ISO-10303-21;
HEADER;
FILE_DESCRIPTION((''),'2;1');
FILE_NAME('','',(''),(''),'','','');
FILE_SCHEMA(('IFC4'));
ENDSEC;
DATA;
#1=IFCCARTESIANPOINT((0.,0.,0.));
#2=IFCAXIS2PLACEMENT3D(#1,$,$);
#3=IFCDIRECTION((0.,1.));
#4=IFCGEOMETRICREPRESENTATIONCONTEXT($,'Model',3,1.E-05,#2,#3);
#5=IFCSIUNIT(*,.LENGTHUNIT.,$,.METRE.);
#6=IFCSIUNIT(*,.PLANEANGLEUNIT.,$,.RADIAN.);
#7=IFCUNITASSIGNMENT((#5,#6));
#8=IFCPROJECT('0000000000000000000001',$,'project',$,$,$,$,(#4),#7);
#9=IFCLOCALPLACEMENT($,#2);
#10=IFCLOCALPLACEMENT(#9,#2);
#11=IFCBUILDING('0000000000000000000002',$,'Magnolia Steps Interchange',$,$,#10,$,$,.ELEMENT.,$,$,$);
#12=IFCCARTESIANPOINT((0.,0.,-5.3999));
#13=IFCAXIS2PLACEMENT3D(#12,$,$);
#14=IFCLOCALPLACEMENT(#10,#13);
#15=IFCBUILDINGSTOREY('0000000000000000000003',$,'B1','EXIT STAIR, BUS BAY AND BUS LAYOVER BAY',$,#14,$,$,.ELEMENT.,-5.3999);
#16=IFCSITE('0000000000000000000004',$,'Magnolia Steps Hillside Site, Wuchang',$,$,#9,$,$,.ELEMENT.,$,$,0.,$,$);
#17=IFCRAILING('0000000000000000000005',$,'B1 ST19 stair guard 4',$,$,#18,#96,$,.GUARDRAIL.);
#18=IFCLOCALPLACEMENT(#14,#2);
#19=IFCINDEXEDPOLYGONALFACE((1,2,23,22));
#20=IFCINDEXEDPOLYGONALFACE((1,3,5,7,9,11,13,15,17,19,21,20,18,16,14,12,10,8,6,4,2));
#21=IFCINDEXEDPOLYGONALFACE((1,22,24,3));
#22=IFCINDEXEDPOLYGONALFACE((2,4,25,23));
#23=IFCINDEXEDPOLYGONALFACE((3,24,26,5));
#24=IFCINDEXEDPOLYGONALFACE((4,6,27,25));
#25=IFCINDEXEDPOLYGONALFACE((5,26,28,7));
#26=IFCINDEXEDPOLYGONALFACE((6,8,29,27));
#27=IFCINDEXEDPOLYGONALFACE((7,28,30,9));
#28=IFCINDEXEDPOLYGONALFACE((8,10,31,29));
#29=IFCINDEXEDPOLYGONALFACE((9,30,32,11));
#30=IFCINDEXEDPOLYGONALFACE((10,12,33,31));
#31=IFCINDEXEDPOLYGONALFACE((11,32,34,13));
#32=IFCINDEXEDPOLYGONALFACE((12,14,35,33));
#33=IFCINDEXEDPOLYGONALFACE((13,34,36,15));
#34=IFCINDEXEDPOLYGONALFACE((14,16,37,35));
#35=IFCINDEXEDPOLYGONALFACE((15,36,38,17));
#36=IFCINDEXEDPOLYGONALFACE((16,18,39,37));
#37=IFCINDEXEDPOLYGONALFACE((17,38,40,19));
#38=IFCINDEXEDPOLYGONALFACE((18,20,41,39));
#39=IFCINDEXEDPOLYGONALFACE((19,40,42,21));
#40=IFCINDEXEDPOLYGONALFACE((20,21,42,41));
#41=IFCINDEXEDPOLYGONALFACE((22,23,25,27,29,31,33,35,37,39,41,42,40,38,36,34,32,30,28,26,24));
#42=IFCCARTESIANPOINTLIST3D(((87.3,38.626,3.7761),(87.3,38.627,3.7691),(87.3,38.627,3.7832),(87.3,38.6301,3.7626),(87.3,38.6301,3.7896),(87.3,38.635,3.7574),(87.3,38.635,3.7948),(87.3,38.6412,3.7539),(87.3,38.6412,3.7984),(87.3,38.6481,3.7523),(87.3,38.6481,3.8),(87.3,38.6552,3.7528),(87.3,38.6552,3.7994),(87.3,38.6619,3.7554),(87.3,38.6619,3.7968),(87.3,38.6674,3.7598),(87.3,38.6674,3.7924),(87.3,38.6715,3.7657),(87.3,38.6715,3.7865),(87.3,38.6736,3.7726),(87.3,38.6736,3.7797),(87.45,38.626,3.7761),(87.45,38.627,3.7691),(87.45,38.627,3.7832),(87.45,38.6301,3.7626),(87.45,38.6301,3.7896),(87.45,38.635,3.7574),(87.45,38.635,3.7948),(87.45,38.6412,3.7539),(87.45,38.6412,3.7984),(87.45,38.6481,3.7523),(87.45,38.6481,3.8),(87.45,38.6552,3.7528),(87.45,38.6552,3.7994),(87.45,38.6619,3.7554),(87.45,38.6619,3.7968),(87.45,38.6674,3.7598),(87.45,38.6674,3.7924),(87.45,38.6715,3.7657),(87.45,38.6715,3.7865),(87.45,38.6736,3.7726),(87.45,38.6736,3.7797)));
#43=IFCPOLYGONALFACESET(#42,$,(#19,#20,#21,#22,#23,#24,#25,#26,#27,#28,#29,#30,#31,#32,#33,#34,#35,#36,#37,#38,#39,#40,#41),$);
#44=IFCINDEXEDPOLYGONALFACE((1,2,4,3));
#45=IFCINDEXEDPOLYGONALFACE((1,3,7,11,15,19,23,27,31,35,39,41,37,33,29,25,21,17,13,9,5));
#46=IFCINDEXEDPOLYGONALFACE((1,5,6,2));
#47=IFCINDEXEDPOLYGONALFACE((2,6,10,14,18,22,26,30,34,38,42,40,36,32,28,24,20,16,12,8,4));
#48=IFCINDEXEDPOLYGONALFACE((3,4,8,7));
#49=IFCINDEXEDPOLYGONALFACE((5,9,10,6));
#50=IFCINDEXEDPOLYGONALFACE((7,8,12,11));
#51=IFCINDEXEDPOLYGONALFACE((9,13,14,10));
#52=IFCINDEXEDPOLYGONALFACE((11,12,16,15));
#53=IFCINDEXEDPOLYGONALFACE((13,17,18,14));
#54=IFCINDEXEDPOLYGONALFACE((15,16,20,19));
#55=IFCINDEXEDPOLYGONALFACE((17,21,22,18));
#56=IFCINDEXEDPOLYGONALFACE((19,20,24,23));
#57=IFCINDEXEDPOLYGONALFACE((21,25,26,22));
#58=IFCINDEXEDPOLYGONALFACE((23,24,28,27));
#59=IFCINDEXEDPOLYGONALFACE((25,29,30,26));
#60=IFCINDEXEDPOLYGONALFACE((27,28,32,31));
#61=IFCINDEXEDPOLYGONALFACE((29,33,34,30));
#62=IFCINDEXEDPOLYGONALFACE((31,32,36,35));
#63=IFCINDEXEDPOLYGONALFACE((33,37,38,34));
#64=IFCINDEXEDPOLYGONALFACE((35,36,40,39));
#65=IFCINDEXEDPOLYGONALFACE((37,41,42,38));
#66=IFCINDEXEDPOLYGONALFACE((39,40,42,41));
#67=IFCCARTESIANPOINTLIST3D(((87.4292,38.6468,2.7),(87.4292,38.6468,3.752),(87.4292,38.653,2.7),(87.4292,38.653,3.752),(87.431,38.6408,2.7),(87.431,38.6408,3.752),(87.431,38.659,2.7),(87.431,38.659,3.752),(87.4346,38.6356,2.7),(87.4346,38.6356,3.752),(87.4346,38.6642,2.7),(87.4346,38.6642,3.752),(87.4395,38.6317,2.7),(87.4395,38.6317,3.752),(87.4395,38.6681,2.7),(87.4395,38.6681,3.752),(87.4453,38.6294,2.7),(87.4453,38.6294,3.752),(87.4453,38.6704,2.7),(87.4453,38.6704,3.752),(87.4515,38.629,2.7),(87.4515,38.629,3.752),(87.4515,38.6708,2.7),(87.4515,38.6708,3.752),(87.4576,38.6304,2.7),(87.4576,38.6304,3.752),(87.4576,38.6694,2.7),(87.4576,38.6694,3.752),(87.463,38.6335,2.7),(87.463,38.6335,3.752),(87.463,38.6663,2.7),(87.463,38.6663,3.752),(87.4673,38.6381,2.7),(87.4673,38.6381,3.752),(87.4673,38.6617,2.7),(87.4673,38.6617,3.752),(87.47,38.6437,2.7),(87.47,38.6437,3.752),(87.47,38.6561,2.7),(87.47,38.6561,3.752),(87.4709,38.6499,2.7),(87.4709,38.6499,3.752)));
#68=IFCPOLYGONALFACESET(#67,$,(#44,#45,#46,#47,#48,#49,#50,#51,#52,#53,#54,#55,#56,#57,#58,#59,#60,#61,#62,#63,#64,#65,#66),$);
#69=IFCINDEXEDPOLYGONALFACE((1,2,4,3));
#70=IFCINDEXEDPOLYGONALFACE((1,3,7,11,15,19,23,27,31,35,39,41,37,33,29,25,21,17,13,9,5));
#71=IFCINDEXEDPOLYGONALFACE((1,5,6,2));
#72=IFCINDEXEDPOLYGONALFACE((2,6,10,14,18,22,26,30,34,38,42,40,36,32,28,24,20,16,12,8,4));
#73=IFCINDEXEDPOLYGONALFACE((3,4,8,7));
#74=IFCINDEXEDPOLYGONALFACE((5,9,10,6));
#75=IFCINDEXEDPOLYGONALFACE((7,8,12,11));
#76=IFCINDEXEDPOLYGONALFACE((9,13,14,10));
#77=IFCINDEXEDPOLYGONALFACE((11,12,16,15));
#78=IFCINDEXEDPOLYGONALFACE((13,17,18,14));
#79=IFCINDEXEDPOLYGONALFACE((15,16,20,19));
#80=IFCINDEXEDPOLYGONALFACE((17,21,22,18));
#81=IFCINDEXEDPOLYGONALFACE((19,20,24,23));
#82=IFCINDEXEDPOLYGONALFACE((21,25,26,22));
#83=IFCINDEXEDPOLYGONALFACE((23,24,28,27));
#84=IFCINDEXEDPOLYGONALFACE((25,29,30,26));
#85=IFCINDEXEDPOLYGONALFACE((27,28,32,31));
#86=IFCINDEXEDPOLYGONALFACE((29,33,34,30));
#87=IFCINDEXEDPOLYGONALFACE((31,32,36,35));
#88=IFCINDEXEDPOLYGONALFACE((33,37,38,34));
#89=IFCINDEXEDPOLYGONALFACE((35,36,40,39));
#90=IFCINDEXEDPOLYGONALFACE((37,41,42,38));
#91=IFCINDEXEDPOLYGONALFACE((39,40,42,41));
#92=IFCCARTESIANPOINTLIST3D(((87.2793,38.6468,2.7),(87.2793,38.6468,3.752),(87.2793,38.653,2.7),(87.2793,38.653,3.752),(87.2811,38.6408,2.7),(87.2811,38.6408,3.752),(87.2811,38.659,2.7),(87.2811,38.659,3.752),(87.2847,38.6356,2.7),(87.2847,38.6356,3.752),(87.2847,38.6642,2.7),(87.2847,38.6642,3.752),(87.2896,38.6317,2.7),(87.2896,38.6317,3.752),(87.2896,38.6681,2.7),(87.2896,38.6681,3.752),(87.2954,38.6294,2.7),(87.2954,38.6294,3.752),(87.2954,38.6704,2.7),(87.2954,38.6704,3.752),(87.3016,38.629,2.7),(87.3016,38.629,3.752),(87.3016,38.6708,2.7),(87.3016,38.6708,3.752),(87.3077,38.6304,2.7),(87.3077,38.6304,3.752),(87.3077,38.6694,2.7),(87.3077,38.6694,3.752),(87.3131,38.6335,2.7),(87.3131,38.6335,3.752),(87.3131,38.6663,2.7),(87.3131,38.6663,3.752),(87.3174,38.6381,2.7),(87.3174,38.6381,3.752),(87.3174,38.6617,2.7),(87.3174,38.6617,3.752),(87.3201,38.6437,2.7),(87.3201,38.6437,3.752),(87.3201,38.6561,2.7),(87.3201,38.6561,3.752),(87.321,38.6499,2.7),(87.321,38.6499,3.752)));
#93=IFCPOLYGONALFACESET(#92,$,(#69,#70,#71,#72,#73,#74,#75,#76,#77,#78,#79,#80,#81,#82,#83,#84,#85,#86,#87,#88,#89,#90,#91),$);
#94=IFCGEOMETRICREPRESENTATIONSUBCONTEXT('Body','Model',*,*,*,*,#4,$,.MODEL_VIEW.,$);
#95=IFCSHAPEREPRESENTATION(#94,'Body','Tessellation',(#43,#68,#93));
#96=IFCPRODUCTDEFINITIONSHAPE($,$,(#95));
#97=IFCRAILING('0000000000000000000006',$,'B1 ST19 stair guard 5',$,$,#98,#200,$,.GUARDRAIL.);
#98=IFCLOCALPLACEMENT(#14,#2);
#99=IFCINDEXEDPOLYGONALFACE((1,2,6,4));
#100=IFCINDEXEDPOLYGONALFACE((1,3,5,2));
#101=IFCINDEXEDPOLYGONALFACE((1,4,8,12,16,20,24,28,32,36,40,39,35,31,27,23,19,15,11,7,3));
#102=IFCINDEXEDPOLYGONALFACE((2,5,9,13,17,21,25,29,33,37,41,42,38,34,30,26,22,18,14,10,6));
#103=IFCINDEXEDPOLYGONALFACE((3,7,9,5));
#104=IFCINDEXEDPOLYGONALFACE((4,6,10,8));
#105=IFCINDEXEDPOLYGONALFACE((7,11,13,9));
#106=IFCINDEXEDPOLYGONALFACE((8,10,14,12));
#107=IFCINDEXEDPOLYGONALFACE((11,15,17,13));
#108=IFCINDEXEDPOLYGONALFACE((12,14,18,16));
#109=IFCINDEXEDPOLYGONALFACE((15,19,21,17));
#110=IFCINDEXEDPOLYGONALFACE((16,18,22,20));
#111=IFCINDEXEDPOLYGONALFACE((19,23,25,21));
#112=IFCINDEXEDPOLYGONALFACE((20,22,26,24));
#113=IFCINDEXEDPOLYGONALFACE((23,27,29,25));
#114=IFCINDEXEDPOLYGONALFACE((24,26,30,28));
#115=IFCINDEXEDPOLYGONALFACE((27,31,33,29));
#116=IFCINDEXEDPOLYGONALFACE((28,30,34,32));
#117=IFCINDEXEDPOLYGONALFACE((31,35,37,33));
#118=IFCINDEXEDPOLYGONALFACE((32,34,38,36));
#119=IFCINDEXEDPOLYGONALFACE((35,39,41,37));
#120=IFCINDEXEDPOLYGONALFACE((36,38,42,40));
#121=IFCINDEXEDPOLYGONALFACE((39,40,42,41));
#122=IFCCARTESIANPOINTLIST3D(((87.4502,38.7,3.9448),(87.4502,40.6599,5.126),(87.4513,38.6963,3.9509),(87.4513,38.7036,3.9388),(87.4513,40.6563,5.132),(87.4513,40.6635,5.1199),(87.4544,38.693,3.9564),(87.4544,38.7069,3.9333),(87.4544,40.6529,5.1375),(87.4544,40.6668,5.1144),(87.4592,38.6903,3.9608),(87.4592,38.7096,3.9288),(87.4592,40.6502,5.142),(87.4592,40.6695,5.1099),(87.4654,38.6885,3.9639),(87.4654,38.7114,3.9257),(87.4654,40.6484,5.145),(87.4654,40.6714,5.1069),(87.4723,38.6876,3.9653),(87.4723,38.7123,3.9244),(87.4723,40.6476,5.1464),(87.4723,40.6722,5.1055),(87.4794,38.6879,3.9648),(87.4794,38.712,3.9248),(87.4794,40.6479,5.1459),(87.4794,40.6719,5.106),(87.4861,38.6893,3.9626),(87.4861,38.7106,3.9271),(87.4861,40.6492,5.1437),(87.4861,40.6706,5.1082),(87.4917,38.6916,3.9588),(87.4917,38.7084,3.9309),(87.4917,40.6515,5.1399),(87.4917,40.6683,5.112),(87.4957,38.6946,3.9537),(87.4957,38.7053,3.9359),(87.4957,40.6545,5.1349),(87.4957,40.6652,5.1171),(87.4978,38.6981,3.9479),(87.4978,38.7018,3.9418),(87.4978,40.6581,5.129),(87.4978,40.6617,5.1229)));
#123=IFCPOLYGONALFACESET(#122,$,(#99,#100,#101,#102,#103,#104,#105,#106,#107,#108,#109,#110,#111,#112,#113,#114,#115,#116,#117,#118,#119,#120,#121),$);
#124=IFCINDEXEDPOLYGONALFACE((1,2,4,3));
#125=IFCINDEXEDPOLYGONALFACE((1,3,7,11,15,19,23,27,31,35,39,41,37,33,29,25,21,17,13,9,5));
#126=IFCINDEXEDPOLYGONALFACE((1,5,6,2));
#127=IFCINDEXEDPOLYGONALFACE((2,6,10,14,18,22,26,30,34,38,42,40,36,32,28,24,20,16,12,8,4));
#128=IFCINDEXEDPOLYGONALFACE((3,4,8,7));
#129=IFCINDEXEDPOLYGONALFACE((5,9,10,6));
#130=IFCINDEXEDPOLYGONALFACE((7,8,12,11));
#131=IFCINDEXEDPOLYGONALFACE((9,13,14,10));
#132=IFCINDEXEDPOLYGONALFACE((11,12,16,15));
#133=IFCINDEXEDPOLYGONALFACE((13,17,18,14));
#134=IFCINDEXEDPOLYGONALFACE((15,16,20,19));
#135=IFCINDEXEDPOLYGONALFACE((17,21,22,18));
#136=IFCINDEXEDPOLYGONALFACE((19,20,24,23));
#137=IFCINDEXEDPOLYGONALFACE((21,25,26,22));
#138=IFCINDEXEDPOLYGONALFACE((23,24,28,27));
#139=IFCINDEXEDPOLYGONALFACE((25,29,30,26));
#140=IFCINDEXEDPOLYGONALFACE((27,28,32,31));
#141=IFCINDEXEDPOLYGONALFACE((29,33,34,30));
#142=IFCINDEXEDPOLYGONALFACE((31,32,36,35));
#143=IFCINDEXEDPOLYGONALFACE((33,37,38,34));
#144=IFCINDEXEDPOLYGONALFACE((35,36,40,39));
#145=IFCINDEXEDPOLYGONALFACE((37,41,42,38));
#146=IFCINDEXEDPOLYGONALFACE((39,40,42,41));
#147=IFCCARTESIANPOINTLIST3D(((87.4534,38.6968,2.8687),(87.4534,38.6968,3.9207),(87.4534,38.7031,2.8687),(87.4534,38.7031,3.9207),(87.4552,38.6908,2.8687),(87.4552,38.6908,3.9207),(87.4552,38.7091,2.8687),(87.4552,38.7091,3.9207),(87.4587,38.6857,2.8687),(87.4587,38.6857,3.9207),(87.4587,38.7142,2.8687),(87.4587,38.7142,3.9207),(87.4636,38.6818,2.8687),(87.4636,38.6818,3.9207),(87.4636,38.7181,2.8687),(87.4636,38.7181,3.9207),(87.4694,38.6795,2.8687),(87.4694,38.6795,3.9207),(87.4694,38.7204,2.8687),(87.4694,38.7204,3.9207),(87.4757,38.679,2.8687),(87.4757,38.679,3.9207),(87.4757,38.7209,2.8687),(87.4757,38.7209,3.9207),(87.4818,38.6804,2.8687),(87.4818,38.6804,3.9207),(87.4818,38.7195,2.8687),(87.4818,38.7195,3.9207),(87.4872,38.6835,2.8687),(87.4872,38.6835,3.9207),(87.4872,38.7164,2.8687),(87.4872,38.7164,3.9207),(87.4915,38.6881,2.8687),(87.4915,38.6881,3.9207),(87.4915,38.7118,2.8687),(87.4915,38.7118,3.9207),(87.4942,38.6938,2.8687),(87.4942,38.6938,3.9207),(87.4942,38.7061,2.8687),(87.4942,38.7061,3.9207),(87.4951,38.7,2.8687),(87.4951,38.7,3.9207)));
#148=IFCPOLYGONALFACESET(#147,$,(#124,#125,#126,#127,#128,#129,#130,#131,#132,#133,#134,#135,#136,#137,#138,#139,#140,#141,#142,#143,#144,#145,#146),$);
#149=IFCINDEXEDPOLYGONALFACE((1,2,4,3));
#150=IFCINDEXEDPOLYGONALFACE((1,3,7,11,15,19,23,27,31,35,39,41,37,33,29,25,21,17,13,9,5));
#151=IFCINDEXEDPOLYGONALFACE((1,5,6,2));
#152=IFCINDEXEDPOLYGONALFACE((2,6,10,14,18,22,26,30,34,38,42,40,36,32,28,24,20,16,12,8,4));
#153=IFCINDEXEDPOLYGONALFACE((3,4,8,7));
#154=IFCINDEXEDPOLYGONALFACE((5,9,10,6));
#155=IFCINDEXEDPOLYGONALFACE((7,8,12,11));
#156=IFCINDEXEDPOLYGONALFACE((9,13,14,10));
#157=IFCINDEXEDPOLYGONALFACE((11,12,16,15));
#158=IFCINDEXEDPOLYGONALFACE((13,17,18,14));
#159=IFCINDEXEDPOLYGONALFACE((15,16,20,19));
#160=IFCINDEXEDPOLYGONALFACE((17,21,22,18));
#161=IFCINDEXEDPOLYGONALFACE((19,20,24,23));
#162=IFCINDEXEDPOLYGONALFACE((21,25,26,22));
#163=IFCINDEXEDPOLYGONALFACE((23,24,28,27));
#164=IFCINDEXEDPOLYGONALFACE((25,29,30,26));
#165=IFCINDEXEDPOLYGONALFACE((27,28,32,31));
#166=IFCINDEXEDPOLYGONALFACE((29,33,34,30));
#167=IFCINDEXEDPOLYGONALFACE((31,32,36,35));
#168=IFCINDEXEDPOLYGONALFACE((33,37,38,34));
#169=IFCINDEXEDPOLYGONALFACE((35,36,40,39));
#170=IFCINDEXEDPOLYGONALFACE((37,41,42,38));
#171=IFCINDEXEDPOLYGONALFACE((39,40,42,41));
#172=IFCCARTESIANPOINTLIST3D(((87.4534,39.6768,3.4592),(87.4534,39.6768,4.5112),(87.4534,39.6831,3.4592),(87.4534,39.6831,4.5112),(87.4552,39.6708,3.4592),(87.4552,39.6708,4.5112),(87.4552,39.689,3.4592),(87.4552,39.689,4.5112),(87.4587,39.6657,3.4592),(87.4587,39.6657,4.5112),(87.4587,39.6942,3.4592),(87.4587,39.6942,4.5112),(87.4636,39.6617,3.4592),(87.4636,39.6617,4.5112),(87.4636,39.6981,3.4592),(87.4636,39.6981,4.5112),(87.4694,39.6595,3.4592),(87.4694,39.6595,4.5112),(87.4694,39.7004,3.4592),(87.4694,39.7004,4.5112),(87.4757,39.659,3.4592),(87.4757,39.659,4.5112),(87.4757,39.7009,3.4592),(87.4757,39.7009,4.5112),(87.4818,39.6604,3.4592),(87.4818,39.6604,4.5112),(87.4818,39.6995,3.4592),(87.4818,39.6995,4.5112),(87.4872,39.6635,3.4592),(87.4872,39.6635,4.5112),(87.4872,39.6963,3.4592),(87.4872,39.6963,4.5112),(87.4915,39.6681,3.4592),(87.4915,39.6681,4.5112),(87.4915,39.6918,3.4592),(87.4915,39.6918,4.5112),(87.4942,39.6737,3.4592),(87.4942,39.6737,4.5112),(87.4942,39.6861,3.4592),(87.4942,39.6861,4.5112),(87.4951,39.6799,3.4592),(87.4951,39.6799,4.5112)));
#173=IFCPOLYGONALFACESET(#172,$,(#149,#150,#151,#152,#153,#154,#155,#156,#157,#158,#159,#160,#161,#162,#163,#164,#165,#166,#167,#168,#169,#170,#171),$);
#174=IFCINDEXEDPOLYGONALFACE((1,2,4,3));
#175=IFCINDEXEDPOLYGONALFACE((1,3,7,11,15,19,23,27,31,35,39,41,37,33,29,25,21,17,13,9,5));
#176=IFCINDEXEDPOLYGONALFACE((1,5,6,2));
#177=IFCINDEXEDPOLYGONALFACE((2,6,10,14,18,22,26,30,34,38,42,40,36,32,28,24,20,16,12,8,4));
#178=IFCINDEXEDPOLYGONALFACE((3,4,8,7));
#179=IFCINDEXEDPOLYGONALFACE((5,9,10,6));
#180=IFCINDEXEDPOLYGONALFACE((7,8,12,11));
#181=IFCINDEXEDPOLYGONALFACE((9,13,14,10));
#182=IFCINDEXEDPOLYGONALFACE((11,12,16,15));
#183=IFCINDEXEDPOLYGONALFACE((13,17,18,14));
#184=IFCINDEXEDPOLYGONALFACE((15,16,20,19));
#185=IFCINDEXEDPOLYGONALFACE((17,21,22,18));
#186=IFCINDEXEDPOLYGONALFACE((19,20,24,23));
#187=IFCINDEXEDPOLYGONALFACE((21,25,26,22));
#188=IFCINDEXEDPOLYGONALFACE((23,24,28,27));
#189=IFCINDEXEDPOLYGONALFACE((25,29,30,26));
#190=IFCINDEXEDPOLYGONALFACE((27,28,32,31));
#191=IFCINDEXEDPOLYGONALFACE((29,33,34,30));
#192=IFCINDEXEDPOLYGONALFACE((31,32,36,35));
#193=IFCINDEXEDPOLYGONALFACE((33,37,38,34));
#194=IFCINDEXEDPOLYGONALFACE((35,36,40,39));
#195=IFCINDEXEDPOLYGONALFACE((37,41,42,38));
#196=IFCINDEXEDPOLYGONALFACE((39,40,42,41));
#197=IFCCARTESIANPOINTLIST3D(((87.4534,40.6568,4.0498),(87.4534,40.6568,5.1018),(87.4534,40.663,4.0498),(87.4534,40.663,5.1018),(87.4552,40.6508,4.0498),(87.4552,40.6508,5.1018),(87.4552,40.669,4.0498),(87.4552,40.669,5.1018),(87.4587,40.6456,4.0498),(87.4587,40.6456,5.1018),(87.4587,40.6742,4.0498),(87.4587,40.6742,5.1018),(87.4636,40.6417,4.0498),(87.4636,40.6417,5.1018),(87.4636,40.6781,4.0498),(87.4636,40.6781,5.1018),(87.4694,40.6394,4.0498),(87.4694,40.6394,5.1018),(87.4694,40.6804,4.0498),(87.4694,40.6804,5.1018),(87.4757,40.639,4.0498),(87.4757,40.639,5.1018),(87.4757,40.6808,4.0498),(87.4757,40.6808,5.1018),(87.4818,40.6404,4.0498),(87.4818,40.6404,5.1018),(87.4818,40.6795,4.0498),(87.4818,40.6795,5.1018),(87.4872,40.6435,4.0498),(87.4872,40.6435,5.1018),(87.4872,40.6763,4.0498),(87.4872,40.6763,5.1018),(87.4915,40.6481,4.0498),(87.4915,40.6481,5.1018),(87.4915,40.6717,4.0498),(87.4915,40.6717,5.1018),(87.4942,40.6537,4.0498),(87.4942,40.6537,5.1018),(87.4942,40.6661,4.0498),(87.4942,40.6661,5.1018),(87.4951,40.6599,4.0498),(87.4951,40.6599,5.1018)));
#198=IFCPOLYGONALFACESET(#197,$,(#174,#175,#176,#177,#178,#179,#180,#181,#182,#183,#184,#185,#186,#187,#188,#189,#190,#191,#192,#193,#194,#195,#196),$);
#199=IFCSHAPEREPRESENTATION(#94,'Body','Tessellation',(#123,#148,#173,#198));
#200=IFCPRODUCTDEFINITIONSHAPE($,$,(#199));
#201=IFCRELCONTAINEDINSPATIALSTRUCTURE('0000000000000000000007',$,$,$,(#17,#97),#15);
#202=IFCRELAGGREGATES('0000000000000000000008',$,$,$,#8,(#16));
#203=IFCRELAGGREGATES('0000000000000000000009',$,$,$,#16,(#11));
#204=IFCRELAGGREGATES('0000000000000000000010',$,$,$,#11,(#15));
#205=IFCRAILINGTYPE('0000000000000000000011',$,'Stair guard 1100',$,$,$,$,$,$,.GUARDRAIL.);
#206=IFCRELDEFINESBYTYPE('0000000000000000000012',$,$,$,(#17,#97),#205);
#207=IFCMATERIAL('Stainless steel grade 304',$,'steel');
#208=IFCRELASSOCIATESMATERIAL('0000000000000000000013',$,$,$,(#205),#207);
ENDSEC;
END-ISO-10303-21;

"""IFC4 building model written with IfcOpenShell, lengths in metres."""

from ifc_helpers import new_model, si_unit, direction, frame, origin, origin_2d, place, context, subcontext, project, spatial, circle, extrude, material, type_object, element, save


model = new_model("IFC4")

# Units and contexts
model_context = context("Model", 3, precision=1e-05, world=origin(), true_north=direction((0.0, 1.0)))
body_context = subcontext(model_context, "Body", "Model", "MODEL_VIEW")
ifc_project = project(units=[si_unit("LENGTHUNIT", "METRE"), si_unit("PLANEANGLEUNIT", "RADIAN")], contexts=[model_context])

# Site, building, storey
site_placement = place(None, origin())
site = spatial("IfcSite", under=ifc_project, at=site_placement, Name="Magnolia Steps Hillside Site, Wuchang", CompositionType="ELEMENT", RefElevation=0.0)
building_placement = place(site_placement, origin())
building = spatial("IfcBuilding", under=site, at=building_placement, Name="Magnolia Steps Interchange", CompositionType="ELEMENT")
storey_placement = place(building_placement, frame((0.0, 0.0, -5.3999)))
storey = spatial("IfcBuildingStorey", under=building, at=storey_placement, Name="B1", Description="EXIT STAIR, BUS BAY AND BUS LAYOVER BAY", CompositionType="ELEMENT", Elevation=-5.3999)

# Railings
ifc_material_1 = material(Name="Stainless steel grade 304", Category="steel")
railing_type_1 = type_object("IfcRailingType", Name="Stair guard 1100", PredefinedType="GUARDRAIL", material=ifc_material_1)
railing_1_placement = place(storey_placement, frame((87.45, 38.6499, 2.7)))
element("IfcRailing", 1, at=railing_1_placement, inside=storey, type_object=railing_type_1, Name="B1 ST19 stair guard 4", PredefinedType="GUARDRAIL", context=body_context, shape_type="SweptSolid", body=[
    extrude(circle(Radius=0.0239, at=origin_2d()), frame((0.0, 0.0, 1.0762), z_axis=(-1.0, 0.0, 0.0), x_axis=(0.0, -1.0, 0.0)), (0.0, 0.0, 1.0), 0.1499),
    extrude(circle(Radius=0.021, at=origin_2d()), origin(), (0.0, 0.0, 1.0), 1.052),
    extrude(circle(Radius=0.021, at=origin_2d()), frame((-0.1499, 0.0, 0.0)), (0.0, 0.0, 1.0), 1.052),
])
railing_2_placement = place(storey_placement, frame((87.4741, 38.7, 2.8687)))
element("IfcRailing", 2, at=railing_2_placement, inside=storey, type_object=railing_type_1, Name="B1 ST19 stair guard 5", PredefinedType="GUARDRAIL", context=body_context, shape_type="SweptSolid", body=[
    extrude(circle(Radius=0.0239, at=origin_2d()), frame((0.0, 0.0, 1.0762), z_axis=(0.0, 0.856493, 0.516158), x_axis=(-1.0, 0.0, 0.0)), (0.0, 0.0, 1.0), 2.2883),
    extrude(circle(Radius=0.021, at=origin_2d()), origin(), (0.0, 0.0, 1.0), 1.052),
    extrude(circle(Radius=0.021, at=origin_2d()), frame((0.0, 0.98, 0.5906)), (0.0, 0.0, 1.0), 1.052),
    extrude(circle(Radius=0.021, at=origin_2d()), frame((0.0, 1.96, 1.1812)), (0.0, 0.0, 1.0), 1.052),
])

save(model, "model.ifc")
